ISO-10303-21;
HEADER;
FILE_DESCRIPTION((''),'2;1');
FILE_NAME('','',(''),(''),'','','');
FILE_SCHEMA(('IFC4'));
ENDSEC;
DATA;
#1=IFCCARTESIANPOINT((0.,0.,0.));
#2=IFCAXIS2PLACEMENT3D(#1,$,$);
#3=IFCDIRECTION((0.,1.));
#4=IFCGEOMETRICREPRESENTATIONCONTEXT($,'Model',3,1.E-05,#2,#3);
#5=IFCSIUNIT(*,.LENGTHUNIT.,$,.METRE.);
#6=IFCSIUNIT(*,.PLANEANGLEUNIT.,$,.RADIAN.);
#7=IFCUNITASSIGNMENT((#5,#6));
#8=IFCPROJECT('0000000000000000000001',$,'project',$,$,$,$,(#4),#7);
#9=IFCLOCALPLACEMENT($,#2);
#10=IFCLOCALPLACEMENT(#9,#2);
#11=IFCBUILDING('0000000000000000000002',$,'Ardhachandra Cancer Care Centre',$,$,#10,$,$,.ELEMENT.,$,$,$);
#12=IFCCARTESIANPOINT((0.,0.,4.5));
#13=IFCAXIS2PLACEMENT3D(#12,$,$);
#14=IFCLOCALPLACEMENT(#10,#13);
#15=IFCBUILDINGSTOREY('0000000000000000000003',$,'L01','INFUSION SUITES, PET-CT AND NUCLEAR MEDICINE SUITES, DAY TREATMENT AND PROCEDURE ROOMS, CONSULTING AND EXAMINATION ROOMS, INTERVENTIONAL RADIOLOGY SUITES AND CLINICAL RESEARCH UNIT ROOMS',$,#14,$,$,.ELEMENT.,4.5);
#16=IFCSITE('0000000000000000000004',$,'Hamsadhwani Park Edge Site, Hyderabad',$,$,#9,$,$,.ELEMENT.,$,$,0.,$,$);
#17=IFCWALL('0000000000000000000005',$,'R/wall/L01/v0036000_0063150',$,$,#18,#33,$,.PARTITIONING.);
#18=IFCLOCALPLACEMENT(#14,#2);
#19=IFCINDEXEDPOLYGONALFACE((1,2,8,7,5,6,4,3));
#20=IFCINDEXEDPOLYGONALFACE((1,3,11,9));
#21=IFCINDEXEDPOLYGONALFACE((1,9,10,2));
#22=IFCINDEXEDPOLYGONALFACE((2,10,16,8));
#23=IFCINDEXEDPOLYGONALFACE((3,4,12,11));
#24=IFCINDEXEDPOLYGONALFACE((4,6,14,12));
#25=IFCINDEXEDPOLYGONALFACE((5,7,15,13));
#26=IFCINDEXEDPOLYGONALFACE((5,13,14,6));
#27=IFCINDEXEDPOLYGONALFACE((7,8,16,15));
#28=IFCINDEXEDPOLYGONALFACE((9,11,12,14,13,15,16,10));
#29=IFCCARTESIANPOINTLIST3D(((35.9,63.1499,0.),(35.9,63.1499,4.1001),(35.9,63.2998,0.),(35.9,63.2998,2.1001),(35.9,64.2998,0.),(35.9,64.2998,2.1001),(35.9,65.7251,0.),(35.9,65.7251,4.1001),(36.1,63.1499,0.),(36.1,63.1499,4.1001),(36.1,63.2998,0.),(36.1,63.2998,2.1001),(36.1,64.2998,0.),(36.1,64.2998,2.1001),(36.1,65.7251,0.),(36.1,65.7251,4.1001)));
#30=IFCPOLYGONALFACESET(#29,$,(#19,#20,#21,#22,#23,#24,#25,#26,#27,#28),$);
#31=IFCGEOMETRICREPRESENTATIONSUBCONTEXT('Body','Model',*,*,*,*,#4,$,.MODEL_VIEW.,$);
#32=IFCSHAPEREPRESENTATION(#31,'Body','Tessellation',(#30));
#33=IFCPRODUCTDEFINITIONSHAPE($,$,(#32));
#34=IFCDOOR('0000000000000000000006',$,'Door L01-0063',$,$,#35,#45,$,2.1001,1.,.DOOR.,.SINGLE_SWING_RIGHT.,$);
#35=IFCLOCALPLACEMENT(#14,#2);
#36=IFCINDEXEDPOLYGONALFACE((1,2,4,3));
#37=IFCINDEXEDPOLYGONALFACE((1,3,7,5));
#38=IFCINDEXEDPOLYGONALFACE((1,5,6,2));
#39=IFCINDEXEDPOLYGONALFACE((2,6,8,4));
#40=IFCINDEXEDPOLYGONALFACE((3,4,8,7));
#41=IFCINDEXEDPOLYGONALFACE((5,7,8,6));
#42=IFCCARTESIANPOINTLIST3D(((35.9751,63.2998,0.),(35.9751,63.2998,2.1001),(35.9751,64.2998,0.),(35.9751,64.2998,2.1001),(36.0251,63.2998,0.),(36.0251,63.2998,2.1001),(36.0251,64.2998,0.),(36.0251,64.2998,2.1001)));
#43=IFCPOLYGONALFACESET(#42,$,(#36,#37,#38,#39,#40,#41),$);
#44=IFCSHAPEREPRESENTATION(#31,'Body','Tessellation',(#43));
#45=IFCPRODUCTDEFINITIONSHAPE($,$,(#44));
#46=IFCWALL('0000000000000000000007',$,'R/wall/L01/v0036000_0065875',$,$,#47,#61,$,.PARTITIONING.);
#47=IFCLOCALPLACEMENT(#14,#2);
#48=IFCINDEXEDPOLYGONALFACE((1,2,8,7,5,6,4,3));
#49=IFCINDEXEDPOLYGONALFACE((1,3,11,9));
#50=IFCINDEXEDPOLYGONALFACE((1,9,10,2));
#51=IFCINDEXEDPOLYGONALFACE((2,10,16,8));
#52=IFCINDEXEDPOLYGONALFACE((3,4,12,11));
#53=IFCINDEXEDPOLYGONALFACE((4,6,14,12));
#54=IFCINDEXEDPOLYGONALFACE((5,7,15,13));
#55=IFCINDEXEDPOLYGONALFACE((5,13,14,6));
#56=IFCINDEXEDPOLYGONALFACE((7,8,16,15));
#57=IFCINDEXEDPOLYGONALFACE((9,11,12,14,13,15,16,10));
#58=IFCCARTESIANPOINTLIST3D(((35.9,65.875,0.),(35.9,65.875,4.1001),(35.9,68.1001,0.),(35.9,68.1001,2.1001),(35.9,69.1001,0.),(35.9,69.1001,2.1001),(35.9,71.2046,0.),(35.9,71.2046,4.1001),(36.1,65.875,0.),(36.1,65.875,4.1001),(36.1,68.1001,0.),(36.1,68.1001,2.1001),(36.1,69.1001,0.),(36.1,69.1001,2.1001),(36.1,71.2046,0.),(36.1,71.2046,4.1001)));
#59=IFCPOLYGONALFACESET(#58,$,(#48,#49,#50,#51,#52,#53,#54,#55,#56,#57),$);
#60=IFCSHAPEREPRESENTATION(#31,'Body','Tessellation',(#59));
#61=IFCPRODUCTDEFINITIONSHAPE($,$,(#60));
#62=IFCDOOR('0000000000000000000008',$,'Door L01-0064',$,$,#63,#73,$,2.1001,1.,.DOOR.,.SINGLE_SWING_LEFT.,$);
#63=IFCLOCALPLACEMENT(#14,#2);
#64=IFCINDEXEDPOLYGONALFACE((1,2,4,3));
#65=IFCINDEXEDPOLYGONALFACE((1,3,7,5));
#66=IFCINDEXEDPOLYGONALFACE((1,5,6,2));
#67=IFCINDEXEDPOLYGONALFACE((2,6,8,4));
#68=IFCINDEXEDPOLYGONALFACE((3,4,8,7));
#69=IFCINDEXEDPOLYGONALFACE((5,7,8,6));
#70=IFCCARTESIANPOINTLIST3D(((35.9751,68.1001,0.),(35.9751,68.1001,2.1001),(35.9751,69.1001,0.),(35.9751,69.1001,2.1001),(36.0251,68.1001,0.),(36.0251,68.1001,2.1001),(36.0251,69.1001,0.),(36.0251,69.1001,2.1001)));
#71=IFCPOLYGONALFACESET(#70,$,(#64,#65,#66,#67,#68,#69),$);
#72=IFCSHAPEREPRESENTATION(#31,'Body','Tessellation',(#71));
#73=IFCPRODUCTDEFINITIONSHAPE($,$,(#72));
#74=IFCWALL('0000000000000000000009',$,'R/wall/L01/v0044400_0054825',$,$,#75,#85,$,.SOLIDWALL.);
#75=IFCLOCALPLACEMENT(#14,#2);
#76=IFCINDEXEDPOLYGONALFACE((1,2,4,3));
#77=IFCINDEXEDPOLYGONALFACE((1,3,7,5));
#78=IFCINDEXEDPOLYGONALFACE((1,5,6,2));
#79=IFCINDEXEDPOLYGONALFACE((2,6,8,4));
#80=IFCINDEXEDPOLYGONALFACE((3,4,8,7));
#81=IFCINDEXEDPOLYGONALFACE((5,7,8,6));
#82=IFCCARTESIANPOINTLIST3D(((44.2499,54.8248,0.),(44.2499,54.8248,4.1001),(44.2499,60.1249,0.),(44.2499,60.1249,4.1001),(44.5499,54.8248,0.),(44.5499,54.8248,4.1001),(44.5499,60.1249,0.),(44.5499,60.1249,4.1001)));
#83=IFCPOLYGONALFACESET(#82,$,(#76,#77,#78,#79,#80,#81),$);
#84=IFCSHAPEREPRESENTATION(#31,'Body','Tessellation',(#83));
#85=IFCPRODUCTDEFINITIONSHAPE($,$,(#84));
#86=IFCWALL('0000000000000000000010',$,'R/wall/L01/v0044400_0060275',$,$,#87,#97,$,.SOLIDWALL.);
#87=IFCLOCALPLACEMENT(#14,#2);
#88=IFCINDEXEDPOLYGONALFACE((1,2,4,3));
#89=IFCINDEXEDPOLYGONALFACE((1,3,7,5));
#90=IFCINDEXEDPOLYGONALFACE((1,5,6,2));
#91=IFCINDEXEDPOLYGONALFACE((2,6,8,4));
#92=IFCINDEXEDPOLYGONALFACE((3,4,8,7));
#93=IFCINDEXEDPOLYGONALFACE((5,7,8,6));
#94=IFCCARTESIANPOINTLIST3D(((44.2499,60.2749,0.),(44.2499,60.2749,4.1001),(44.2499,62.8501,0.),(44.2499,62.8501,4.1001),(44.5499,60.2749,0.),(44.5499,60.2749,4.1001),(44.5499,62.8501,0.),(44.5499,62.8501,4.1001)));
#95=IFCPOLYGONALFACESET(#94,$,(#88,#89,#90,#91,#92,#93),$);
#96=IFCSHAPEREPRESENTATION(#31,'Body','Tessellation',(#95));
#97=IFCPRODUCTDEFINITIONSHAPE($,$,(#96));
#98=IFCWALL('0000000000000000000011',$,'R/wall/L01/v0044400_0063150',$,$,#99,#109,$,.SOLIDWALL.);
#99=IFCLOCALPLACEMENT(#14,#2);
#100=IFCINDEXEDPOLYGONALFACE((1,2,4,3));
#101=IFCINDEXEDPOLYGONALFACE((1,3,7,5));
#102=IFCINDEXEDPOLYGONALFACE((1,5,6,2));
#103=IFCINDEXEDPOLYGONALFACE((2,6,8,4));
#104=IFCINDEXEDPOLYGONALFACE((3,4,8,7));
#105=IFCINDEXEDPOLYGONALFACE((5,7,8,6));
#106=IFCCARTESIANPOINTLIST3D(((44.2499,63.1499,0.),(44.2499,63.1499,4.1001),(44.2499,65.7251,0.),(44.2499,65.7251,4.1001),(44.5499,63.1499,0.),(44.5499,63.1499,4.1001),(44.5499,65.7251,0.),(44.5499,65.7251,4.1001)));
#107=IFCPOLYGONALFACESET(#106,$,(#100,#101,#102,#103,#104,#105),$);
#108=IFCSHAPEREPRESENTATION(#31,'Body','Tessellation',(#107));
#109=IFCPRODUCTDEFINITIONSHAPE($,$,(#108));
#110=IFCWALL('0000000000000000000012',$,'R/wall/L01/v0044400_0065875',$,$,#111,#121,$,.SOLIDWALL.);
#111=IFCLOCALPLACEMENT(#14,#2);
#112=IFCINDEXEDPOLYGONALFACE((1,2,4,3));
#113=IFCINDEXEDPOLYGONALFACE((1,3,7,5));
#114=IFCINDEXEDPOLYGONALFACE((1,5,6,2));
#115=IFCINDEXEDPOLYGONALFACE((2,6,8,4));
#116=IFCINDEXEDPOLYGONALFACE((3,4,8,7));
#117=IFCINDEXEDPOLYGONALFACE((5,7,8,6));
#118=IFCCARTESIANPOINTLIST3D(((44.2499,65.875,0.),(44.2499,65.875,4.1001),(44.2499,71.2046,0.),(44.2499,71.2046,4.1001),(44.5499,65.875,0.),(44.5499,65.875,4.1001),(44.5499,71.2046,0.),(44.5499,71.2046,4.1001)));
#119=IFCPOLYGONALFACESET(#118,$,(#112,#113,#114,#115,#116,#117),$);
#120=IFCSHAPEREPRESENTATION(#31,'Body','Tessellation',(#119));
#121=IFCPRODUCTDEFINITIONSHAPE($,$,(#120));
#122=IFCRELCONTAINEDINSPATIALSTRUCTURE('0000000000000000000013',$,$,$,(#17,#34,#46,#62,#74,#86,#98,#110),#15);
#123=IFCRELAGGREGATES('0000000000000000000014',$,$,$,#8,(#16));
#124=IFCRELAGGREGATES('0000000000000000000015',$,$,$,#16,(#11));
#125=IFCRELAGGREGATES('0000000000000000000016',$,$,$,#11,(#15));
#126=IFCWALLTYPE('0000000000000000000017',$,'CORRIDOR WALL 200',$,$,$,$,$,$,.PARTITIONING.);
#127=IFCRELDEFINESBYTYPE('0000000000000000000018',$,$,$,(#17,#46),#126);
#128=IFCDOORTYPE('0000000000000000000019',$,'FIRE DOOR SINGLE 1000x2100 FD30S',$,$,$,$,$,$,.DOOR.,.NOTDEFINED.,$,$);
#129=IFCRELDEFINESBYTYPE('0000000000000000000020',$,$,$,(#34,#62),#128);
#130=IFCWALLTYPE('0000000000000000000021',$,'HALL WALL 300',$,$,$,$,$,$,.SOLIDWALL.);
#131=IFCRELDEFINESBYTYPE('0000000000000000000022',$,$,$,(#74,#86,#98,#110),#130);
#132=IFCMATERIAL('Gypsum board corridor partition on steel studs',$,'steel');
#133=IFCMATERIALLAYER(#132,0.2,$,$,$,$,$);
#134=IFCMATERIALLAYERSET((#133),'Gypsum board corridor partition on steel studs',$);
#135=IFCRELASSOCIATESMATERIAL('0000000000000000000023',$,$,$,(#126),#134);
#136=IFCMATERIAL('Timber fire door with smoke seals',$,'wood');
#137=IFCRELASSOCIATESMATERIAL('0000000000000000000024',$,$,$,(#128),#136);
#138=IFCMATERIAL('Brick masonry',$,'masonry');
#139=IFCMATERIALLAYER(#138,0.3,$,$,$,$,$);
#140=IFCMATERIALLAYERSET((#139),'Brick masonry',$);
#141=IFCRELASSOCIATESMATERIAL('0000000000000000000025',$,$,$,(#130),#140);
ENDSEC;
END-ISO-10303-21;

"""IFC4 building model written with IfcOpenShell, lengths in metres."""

from ifc_helpers import new_model, si_unit, direction, frame, frame_2d, origin, place, context, subcontext, project, spatial, rectangle, extrude, material, layer, layer_set, type_object, element, fill, save


model = new_model("IFC4")

# Units and contexts
model_context = context("Model", 3, precision=1e-05, world=origin(), true_north=direction((0.0, 1.0)))
body_context = subcontext(model_context, "Body", "Model", "MODEL_VIEW")
ifc_project = project(units=[si_unit("LENGTHUNIT", "METRE"), si_unit("PLANEANGLEUNIT", "RADIAN")], contexts=[model_context])

# Site, building, storey
site_placement = place(None, origin())
site = spatial("IfcSite", under=ifc_project, at=site_placement, Name="Hamsadhwani Park Edge Site, Hyderabad", CompositionType="ELEMENT", RefElevation=0.0)
building_placement = place(site_placement, origin())
building = spatial("IfcBuilding", under=site, at=building_placement, Name="Ardhachandra Cancer Care Centre", CompositionType="ELEMENT")
storey_placement = place(building_placement, frame((0.0, 0.0, 4.5)))
storey = spatial("IfcBuildingStorey", under=building, at=storey_placement, Name="L01", Description="INFUSION SUITES, PET-CT AND NUCLEAR MEDICINE SUITES, DAY TREATMENT AND PROCEDURE ROOMS, CONSULTING AND EXAMINATION ROOMS, INTERVENTIONAL RADIOLOGY SUITES AND CLINICAL RESEARCH UNIT ROOMS", CompositionType="ELEMENT", Elevation=4.5)

# Shared definitions
ifc_material_1 = material(Name="Gypsum board corridor partition on steel studs", Category="steel")
ifc_layer_1 = layer(ifc_material_1, 0.2)
ifc_layer_set_1 = layer_set([ifc_layer_1], Name="Gypsum board corridor partition on steel studs")
wall_type_1 = type_object("IfcWallType", Name="CORRIDOR WALL 200", PredefinedType="PARTITIONING", material=ifc_layer_set_1)
ifc_material_2 = material(Name="Timber fire door with smoke seals", Category="wood")
door_type = type_object("IfcDoorType", Name="FIRE DOOR SINGLE 1000x2100 FD30S", OperationType="NOTDEFINED", PredefinedType="DOOR", material=ifc_material_2)

# Walls, openings, doors
wall_1_placement = place(storey_placement, frame((36.0, 63.1499, 0.0), z_axis=(0.0, 0.0, 1.0), x_axis=(0.0, 1.0, 0.0)))
wall_1 = element("IfcWall", 1, at=wall_1_placement, inside=storey, type_object=wall_type_1, Name="R/wall/L01/v0036000_0063150", PredefinedType="PARTITIONING", context=body_context, shape_type="SweptSolid", body=[
    extrude(rectangle(XDim=2.5752, YDim=0.2, at=frame_2d((1.2876, 0.0))), origin(), (0.0, 0.0, 1.0), 4.1001),
])
opening_1_placement = place(wall_1_placement, frame((0.1499, 0.0, 0.0)))
opening_1 = element("IfcOpeningElement", 2, at=opening_1_placement, cuts=wall_1, PredefinedType="OPENING", context=body_context, shape_type="SweptSolid", body=[
    extrude(rectangle(XDim=1.0, YDim=2.1001, at=frame_2d((0.5, 1.05))), frame((0.0, 0.1099, 0.0), z_axis=(0.0, -1.0, 0.0), x_axis=(1.0, 0.0, 0.0)), (0.0, 0.0, 1.0), 0.22),
])
door_1_placement = place(opening_1_placement, origin())
door_1 = element("IfcDoor", 3, at=door_1_placement, inside=storey, type_object=door_type, Name="Door L01-0063", OperationType="SINGLE_SWING_RIGHT", OverallHeight=2.1001, OverallWidth=1.0, PredefinedType="DOOR", context=body_context, shape_type="SweptSolid", body=[
    extrude(rectangle(XDim=1.0, YDim=2.1001, at=frame_2d((0.5, 1.05))), frame((0.0, 0.0249, 0.0), z_axis=(0.0, -1.0, 0.0), x_axis=(1.0, 0.0, 0.0)), (0.0, 0.0, 1.0), 0.05),
])
fill(opening_1, door_1)
wall_2_placement = place(storey_placement, frame((36.0, 65.875, 0.0), z_axis=(0.0, 0.0, 1.0), x_axis=(0.0, 1.0, 0.0)))
wall_2 = element("IfcWall", 4, at=wall_2_placement, inside=storey, type_object=wall_type_1, Name="R/wall/L01/v0036000_0065875", PredefinedType="PARTITIONING", context=body_context, shape_type="SweptSolid", body=[
    extrude(rectangle(XDim=5.3296, YDim=0.2, at=frame_2d((2.6648, 0.0))), origin(), (0.0, 0.0, 1.0), 4.1001),
])
opening_2_placement = place(wall_2_placement, frame((2.2251, 0.0, 0.0)))
opening_2 = element("IfcOpeningElement", 5, at=opening_2_placement, cuts=wall_2, PredefinedType="OPENING", context=body_context, shape_type="SweptSolid", body=[
    extrude(rectangle(XDim=1.0, YDim=2.1001, at=frame_2d((0.5, 1.05))), frame((0.0, 0.1099, 0.0), z_axis=(0.0, -1.0, 0.0), x_axis=(1.0, 0.0, 0.0)), (0.0, 0.0, 1.0), 0.22),
])
door_2_placement = place(opening_2_placement, origin())
door_2 = element("IfcDoor", 6, at=door_2_placement, inside=storey, type_object=door_type, Name="Door L01-0064", OperationType="SINGLE_SWING_LEFT", OverallHeight=2.1001, OverallWidth=1.0, PredefinedType="DOOR", context=body_context, shape_type="SweptSolid", body=[
    extrude(rectangle(XDim=1.0, YDim=2.1001, at=frame_2d((0.5, 1.05))), frame((0.0, 0.0249, 0.0), z_axis=(0.0, -1.0, 0.0), x_axis=(1.0, 0.0, 0.0)), (0.0, 0.0, 1.0), 0.05),
])
fill(opening_2, door_2)

# Walls
ifc_material_3 = material(Name="Brick masonry", Category="masonry")
ifc_layer_2 = layer(ifc_material_3, 0.3)
ifc_layer_set_2 = layer_set([ifc_layer_2], Name="Brick masonry")
wall_type_2 = type_object("IfcWallType", Name="HALL WALL 300", PredefinedType="SOLIDWALL", material=ifc_layer_set_2)
wall_3_placement = place(storey_placement, frame((44.3999, 54.825, 0.0), z_axis=(0.0, 0.0, 1.0), x_axis=(0.0, 1.0, 0.0)))
element("IfcWall", 7, at=wall_3_placement, inside=storey, type_object=wall_type_2, Name="R/wall/L01/v0044400_0054825", PredefinedType="SOLIDWALL", context=body_context, shape_type="SweptSolid", body=[
    extrude(rectangle(XDim=5.3, YDim=0.3, at=frame_2d((2.6499, 0.0))), origin(), (0.0, 0.0, 1.0), 4.1001),
])
for number, where, z_axis, x_axis, name in (
    (8, (44.3999, 60.2749, 0.0), (0.0, 0.0, 1.0), (0.0, 1.0, 0.0), "R/wall/L01/v0044400_0060275"),
    (9, (44.3999, 63.1499, 0.0), (0.0, 0.0, 1.0), (0.0, 1.0, 0.0), "R/wall/L01/v0044400_0063150"),
):
    element("IfcWall", number, at=place(storey_placement, frame(where, z_axis=z_axis, x_axis=x_axis)), inside=storey, type_object=wall_type_2, Name=name, PredefinedType="SOLIDWALL", context=body_context, shape_type="SweptSolid", body=[
        extrude(rectangle(XDim=2.5752, YDim=0.3, at=frame_2d((1.2876, 0.0))), origin(), (0.0, 0.0, 1.0), 4.1001),
    ])
wall_4_placement = place(storey_placement, frame((44.3999, 65.875, 0.0), z_axis=(0.0, 0.0, 1.0), x_axis=(0.0, 1.0, 0.0)))
element("IfcWall", 10, at=wall_4_placement, inside=storey, type_object=wall_type_2, Name="R/wall/L01/v0044400_0065875", PredefinedType="SOLIDWALL", context=body_context, shape_type="SweptSolid", body=[
    extrude(rectangle(XDim=5.3296, YDim=0.3, at=frame_2d((2.6648, 0.0))), origin(), (0.0, 0.0, 1.0), 4.1001),
])

save(model, "model.ifc")
